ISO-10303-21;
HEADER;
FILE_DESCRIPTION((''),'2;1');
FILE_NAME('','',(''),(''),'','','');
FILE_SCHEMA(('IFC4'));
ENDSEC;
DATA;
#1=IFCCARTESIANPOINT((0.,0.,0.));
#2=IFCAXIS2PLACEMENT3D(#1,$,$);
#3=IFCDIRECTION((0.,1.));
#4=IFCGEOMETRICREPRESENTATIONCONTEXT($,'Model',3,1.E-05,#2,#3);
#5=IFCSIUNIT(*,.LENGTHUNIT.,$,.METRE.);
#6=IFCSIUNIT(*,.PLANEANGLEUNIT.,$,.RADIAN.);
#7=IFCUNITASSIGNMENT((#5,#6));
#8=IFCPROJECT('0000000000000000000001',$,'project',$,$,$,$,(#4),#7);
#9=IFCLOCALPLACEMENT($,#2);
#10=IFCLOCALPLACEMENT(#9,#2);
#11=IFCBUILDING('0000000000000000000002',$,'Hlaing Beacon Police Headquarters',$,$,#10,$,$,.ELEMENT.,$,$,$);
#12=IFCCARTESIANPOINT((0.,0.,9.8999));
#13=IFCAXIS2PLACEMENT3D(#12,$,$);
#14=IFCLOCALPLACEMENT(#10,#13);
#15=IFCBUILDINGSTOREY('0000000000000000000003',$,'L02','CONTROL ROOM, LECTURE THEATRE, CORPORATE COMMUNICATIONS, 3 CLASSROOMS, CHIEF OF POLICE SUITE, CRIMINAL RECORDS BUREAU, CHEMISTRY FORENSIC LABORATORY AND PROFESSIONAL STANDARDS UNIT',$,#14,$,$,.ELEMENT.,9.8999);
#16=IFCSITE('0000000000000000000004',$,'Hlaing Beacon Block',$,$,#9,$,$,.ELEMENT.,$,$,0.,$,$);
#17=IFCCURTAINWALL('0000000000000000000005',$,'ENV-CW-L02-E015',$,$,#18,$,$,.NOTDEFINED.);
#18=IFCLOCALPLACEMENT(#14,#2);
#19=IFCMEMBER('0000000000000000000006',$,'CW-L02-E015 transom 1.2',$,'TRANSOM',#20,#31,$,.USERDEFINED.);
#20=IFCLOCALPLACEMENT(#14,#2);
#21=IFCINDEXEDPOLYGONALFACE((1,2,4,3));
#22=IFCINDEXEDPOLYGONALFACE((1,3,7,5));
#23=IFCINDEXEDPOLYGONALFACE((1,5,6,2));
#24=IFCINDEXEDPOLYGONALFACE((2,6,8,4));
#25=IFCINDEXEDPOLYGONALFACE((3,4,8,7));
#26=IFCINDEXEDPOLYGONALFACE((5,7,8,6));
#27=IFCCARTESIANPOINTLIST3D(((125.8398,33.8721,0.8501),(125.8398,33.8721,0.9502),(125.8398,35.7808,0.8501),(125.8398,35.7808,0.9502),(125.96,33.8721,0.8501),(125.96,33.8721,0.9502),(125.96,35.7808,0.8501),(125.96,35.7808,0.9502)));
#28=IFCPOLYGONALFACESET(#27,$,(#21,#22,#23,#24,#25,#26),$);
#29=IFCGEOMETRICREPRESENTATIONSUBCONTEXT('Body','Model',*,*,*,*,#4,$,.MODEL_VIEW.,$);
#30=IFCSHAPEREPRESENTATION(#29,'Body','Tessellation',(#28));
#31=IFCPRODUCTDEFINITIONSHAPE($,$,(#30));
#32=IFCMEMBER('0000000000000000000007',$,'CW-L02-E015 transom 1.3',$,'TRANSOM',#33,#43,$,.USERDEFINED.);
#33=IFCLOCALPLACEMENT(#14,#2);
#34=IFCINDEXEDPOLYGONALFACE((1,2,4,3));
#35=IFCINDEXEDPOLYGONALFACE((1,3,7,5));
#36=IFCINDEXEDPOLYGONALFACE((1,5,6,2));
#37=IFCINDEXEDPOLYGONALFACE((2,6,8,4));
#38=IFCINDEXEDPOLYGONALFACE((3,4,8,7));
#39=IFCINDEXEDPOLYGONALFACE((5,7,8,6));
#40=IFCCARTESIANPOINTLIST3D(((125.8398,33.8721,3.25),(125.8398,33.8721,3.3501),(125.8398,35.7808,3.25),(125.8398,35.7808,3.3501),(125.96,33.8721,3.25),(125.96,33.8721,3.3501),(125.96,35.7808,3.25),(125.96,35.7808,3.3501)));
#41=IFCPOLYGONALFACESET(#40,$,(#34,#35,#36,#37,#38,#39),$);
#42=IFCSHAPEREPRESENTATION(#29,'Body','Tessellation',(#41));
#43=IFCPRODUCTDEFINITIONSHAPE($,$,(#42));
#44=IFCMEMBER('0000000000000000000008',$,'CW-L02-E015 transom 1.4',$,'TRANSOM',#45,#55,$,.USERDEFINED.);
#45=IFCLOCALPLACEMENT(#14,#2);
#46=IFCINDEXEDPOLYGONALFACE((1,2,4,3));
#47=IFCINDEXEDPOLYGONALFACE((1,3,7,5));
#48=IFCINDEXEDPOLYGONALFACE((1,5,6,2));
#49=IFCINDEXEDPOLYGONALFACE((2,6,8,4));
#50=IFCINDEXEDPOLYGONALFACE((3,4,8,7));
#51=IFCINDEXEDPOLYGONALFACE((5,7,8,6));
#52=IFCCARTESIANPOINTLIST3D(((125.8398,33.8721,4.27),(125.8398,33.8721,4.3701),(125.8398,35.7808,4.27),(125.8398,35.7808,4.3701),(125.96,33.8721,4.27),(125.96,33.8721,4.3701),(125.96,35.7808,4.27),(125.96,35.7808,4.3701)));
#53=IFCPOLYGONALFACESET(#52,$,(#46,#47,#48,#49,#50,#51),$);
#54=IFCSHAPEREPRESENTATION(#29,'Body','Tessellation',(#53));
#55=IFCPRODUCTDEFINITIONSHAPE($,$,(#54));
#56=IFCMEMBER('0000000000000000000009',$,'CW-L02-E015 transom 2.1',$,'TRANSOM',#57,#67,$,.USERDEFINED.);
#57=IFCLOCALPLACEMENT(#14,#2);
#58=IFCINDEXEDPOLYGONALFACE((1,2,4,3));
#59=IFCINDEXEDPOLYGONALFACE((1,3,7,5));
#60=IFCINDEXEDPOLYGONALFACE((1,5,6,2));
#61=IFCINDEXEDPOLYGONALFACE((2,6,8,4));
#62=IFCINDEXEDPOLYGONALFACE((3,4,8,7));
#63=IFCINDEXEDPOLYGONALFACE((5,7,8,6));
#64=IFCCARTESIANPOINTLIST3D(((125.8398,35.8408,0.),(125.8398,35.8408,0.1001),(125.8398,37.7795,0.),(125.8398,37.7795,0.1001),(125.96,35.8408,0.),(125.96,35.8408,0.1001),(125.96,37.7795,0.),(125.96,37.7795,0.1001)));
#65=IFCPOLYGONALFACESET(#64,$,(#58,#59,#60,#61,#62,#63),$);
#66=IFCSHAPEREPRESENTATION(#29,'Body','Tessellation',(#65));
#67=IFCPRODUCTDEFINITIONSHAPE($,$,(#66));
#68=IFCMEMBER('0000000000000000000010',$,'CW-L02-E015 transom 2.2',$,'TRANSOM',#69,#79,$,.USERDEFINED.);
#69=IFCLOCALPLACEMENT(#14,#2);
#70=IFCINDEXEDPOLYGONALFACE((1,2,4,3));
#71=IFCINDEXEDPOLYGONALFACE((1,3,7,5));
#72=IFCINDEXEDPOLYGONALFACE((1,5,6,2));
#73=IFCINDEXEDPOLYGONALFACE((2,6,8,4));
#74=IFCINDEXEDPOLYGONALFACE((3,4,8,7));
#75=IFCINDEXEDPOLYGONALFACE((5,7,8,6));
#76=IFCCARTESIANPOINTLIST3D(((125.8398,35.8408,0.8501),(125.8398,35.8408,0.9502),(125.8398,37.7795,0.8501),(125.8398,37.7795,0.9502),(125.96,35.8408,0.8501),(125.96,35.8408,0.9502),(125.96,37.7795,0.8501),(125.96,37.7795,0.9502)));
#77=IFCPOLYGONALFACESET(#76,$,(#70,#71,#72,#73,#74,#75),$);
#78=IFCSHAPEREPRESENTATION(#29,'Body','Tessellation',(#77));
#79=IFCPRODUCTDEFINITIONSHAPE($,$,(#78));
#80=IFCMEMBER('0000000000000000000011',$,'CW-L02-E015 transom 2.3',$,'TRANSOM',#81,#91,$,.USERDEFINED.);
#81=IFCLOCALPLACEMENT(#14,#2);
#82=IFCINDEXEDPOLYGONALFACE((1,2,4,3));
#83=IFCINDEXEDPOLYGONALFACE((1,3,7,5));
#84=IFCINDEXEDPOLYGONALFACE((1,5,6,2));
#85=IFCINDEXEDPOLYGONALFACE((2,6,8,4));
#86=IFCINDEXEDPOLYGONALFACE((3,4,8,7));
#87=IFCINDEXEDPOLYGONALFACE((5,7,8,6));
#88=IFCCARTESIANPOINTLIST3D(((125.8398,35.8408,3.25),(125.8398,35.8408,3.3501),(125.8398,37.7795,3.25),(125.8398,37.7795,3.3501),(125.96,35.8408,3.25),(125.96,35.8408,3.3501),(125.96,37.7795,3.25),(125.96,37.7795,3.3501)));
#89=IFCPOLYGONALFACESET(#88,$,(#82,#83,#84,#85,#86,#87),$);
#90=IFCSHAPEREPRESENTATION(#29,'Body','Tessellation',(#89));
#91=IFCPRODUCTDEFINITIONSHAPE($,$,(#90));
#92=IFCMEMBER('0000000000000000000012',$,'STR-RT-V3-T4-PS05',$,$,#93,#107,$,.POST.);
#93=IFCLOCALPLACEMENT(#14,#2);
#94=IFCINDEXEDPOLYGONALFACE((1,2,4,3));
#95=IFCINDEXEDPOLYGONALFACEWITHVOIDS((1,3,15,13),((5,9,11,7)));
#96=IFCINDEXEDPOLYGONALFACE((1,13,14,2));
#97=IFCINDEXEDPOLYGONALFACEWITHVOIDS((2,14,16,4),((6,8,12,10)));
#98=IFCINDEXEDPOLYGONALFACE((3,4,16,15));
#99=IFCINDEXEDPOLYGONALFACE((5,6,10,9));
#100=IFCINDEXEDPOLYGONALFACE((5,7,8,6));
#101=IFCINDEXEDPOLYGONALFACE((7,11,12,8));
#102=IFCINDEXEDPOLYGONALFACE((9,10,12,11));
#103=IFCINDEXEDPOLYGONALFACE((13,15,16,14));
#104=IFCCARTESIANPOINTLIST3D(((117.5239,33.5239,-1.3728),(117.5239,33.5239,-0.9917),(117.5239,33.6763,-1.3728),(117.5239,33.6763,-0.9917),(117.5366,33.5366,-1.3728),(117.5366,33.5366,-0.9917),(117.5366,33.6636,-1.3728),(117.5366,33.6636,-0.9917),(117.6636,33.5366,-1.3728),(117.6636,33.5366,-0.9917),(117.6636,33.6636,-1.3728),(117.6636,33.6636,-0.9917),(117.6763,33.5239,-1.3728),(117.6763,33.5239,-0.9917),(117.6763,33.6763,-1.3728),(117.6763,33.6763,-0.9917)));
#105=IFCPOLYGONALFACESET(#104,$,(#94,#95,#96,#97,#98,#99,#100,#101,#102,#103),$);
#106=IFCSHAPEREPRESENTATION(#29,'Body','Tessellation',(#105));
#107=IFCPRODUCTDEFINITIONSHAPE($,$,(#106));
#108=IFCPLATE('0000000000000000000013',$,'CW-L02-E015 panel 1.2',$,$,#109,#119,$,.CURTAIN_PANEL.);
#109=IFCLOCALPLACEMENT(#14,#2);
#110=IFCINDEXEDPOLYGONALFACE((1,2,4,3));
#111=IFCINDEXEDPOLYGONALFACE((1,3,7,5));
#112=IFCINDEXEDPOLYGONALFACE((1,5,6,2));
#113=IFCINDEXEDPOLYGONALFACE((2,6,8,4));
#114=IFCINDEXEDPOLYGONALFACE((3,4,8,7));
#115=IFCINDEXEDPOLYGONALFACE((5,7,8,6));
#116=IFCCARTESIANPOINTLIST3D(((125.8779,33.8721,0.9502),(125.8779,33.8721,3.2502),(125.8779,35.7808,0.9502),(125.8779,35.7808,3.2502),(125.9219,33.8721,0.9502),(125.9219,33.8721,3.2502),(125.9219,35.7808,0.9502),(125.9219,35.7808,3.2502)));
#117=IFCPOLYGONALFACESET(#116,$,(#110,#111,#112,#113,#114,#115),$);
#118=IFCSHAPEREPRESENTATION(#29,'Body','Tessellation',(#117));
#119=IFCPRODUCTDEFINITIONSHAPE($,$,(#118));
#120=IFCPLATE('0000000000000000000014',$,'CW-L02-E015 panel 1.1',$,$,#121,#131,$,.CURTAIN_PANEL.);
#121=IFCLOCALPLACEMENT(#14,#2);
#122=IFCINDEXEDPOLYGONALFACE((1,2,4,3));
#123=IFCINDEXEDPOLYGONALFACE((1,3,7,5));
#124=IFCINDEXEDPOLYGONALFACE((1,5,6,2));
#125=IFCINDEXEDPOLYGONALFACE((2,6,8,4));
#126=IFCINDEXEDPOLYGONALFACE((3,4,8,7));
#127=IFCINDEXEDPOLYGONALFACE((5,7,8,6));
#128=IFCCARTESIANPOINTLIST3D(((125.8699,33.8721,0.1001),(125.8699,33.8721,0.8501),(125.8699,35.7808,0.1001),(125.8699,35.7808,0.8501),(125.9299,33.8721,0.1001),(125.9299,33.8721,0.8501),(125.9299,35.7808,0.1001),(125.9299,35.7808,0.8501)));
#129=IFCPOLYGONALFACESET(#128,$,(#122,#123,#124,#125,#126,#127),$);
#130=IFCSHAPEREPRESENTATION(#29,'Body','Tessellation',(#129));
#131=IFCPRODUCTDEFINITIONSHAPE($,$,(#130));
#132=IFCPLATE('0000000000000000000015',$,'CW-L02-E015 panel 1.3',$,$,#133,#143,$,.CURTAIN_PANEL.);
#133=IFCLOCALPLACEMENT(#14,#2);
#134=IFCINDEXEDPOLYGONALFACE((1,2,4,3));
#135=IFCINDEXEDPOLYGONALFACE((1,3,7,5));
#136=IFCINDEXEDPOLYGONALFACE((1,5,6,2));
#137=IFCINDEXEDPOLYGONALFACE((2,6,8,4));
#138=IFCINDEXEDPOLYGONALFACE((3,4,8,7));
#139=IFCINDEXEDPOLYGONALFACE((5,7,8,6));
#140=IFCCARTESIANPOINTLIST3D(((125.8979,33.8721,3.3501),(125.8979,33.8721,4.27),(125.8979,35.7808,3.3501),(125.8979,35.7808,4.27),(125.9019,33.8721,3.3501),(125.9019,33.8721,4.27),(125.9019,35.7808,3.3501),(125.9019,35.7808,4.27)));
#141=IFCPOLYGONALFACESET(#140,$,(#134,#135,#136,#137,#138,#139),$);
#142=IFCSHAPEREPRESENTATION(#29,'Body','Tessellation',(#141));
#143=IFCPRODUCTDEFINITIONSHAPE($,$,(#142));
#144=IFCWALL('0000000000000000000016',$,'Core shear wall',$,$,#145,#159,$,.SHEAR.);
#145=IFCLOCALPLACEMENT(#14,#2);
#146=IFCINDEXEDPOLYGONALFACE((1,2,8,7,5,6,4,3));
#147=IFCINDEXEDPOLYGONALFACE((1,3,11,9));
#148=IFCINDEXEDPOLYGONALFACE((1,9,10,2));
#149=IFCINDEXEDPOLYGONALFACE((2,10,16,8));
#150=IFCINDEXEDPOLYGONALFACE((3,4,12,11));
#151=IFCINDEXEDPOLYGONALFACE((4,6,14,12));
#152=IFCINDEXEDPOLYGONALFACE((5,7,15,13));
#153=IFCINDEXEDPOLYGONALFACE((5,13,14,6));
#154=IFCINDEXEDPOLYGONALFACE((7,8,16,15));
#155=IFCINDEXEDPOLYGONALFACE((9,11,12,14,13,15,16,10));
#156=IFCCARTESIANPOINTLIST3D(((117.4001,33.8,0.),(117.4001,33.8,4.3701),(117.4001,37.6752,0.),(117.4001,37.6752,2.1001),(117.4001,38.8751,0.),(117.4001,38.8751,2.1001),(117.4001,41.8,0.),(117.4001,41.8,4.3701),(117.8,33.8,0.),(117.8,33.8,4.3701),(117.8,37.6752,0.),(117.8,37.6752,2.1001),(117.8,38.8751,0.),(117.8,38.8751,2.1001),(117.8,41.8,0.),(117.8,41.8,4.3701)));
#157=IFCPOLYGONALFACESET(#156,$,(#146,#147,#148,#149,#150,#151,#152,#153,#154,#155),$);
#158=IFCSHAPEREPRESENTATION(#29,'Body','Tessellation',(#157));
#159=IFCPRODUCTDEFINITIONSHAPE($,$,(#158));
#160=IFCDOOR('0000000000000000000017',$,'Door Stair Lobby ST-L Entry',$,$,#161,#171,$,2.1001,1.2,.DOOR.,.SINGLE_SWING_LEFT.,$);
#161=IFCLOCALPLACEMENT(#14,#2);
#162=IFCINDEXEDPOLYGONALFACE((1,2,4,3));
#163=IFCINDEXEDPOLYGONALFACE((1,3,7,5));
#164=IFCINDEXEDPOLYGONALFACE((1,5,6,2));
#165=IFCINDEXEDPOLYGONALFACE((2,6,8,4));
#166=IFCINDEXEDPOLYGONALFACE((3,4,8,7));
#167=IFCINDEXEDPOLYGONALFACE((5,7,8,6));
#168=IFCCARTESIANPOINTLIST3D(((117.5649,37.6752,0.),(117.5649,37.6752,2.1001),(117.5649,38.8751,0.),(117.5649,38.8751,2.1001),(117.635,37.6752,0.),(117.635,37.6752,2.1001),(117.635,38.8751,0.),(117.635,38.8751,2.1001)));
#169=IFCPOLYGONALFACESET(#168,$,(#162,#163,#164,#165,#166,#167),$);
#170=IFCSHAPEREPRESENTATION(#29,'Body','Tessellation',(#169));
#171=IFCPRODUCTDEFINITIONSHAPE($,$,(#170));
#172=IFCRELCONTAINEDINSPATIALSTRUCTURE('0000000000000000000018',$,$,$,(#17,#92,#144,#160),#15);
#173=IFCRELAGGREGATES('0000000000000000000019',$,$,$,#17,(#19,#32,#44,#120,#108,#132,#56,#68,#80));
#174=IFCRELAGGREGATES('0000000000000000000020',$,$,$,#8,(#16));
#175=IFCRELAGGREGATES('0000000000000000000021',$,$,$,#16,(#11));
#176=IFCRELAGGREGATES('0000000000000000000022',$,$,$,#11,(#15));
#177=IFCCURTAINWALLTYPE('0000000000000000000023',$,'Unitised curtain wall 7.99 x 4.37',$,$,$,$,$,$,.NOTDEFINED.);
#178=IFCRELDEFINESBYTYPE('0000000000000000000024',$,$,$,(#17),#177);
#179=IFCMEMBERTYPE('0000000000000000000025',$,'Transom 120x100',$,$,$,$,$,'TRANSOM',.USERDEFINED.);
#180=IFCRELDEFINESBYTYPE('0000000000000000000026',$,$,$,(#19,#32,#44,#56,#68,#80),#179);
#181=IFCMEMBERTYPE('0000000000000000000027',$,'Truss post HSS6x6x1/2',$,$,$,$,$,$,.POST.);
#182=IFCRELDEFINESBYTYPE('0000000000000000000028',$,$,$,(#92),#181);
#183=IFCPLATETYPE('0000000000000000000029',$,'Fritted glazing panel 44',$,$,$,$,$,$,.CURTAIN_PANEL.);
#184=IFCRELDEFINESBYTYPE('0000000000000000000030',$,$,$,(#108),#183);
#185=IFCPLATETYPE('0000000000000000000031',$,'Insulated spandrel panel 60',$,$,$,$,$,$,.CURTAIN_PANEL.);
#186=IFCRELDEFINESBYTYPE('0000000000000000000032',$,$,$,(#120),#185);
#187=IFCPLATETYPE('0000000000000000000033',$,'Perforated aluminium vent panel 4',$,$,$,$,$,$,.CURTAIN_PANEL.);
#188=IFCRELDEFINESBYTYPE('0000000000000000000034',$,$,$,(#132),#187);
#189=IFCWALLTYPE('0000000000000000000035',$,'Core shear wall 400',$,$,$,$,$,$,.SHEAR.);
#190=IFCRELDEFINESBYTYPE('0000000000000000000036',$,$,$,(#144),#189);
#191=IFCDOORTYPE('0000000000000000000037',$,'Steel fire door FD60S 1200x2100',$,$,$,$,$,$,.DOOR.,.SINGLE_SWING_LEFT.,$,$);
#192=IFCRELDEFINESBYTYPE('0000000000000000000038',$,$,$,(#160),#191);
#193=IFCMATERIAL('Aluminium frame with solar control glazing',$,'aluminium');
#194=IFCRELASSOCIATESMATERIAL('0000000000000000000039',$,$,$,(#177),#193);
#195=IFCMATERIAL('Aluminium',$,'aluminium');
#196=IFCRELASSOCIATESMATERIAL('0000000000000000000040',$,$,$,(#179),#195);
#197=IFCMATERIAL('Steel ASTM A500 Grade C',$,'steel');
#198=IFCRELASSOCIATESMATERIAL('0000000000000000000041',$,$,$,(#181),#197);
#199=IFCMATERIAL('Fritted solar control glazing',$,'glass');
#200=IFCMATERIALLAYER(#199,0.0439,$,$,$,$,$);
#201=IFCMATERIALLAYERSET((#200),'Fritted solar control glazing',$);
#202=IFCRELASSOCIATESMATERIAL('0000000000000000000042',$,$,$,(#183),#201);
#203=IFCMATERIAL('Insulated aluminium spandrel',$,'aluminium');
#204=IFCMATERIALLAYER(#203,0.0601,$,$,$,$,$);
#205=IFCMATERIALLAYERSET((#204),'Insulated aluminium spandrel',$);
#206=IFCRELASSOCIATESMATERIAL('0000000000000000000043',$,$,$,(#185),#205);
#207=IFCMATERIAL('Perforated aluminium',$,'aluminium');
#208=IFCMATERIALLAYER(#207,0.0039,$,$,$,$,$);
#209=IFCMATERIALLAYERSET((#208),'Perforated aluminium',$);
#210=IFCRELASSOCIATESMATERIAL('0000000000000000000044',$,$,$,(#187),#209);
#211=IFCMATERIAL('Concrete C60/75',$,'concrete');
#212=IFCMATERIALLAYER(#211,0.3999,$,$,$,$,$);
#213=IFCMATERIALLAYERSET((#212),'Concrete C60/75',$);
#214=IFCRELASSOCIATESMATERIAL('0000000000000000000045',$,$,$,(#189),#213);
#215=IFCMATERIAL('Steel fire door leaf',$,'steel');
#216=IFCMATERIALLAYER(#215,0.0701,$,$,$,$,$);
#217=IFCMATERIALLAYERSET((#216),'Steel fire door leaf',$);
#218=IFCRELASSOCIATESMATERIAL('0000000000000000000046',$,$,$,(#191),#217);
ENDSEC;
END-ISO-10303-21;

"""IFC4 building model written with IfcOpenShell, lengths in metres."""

from ifc_helpers import new_model, si_unit, direction, frame, frame_2d, origin, origin_2d, place, context, subcontext, project, spatial, rectangle, hollow_rectangle, extrude, material, layer, layer_set, material_profile, profile_set, type_object, element, fill, aggregate, save


model = new_model("IFC4")

# Units and contexts
model_context = context("Model", 3, precision=1e-05, world=origin(), true_north=direction((0.0, 1.0)))
body_context = subcontext(model_context, "Body", "Model", "MODEL_VIEW")
ifc_project = project(units=[si_unit("LENGTHUNIT", "METRE"), si_unit("PLANEANGLEUNIT", "RADIAN")], contexts=[model_context])

# Site, building, storey
site_placement = place(None, origin())
site = spatial("IfcSite", under=ifc_project, at=site_placement, Name="Hlaing Beacon Block", CompositionType="ELEMENT", RefElevation=0.0)
building_placement = place(site_placement, origin())
building = spatial("IfcBuilding", under=site, at=building_placement, Name="Hlaing Beacon Police Headquarters", CompositionType="ELEMENT")
storey_placement = place(building_placement, frame((0.0, 0.0, 9.8999)))
storey = spatial("IfcBuildingStorey", under=building, at=storey_placement, Name="L02", Description="CONTROL ROOM, LECTURE THEATRE, CORPORATE COMMUNICATIONS, 3 CLASSROOMS, CHIEF OF POLICE SUITE, CRIMINAL RECORDS BUREAU, CHEMISTRY FORENSIC LABORATORY AND PROFESSIONAL STANDARDS UNIT", CompositionType="ELEMENT", Elevation=9.8999)

# Curtain wall
ifc_material_1 = material(Name="Aluminium frame with solar control glazing", Category="aluminium")
curtain_wall_type = type_object("IfcCurtainWallType", Name="Unitised curtain wall 7.99 x 4.37", PredefinedType="NOTDEFINED", material=ifc_material_1)
curtain_wall_placement = place(storey_placement, origin())
curtain_wall = element("IfcCurtainWall", 1, at=curtain_wall_placement, inside=storey, type_object=curtain_wall_type, Name="ENV-CW-L02-E015", PredefinedType="NOTDEFINED")

# Members
ifc_material_2 = material(Name="Aluminium", Category="aluminium")
ifc_material_profile_1 = material_profile(ifc_material_2, rectangle(XDim=0.1201, YDim=0.1001, at=origin_2d()), Name="Transom 120x100")
ifc_profile_set_1 = profile_set([ifc_material_profile_1], Name="Aluminium")
member_type_1 = type_object("IfcMemberType", Name="Transom 120x100", ElementType="TRANSOM", PredefinedType="USERDEFINED", material=ifc_profile_set_1)
member_1_placement = place(storey_placement, frame((125.8999, 33.8721, 0.9001), z_axis=(0.0, 1.0, 0.0), x_axis=(-1.0, 0.0, 0.0)))
member_1 = element("IfcMember", 2, at=member_1_placement, type_object=member_type_1, Name="CW-L02-E015 transom 1.2", ObjectType="TRANSOM", PredefinedType="USERDEFINED", context=body_context, shape_type="SweptSolid", body=[
    extrude(rectangle(XDim=0.1201, YDim=0.1001, at=origin_2d()), origin(), (0.0, 0.0, 1.0), 1.9087),
])
member_2_placement = place(storey_placement, frame((125.8999, 33.8721, 3.3), z_axis=(0.0, 1.0, 0.0), x_axis=(-1.0, 0.0, 0.0)))
member_2 = element("IfcMember", 3, at=member_2_placement, type_object=member_type_1, Name="CW-L02-E015 transom 1.3", ObjectType="TRANSOM", PredefinedType="USERDEFINED", context=body_context, shape_type="SweptSolid", body=[
    extrude(rectangle(XDim=0.1201, YDim=0.1001, at=origin_2d()), origin(), (0.0, 0.0, 1.0), 1.9087),
])
member_3_placement = place(storey_placement, frame((125.8999, 33.8721, 4.3201), z_axis=(0.0, 1.0, 0.0), x_axis=(-1.0, 0.0, 0.0)))
member_3 = element("IfcMember", 4, at=member_3_placement, type_object=member_type_1, Name="CW-L02-E015 transom 1.4", ObjectType="TRANSOM", PredefinedType="USERDEFINED", context=body_context, shape_type="SweptSolid", body=[
    extrude(rectangle(XDim=0.1201, YDim=0.1001, at=origin_2d()), origin(), (0.0, 0.0, 1.0), 1.9087),
])
member_4_placement = place(storey_placement, frame((125.8999, 35.8408, 0.05), z_axis=(0.0, 1.0, 0.0), x_axis=(-1.0, 0.0, 0.0)))
member_4 = element("IfcMember", 5, at=member_4_placement, type_object=member_type_1, Name="CW-L02-E015 transom 2.1", ObjectType="TRANSOM", PredefinedType="USERDEFINED", context=body_context, shape_type="SweptSolid", body=[
    extrude(rectangle(XDim=0.1201, YDim=0.1001, at=origin_2d()), origin(), (0.0, 0.0, 1.0), 1.9387),
])
member_5_placement = place(storey_placement, frame((125.8999, 35.8408, 0.9001), z_axis=(0.0, 1.0, 0.0), x_axis=(-1.0, 0.0, 0.0)))
member_5 = element("IfcMember", 6, at=member_5_placement, type_object=member_type_1, Name="CW-L02-E015 transom 2.2", ObjectType="TRANSOM", PredefinedType="USERDEFINED", context=body_context, shape_type="SweptSolid", body=[
    extrude(rectangle(XDim=0.1201, YDim=0.1001, at=origin_2d()), origin(), (0.0, 0.0, 1.0), 1.9387),
])
member_6_placement = place(storey_placement, frame((125.8999, 35.8408, 3.3), z_axis=(0.0, 1.0, 0.0), x_axis=(-1.0, 0.0, 0.0)))
member_6 = element("IfcMember", 7, at=member_6_placement, type_object=member_type_1, Name="CW-L02-E015 transom 2.3", ObjectType="TRANSOM", PredefinedType="USERDEFINED", context=body_context, shape_type="SweptSolid", body=[
    extrude(rectangle(XDim=0.1201, YDim=0.1001, at=origin_2d()), origin(), (0.0, 0.0, 1.0), 1.9387),
])
ifc_material_3 = material(Name="Steel ASTM A500 Grade C", Category="steel")
ifc_material_profile_2 = material_profile(ifc_material_3, hollow_rectangle(XDim=0.1523, YDim=0.1523, WallThickness=0.0127, at=origin_2d()), Name="HSS6x6x1/2")
ifc_profile_set_2 = profile_set([ifc_material_profile_2], Name="Steel ASTM A500 Grade C")
member_type_2 = type_object("IfcMemberType", Name="Truss post HSS6x6x1/2", PredefinedType="POST", material=ifc_profile_set_2)
member_7_placement = place(storey_placement, frame((117.6001, 33.6001, -1.3728), z_axis=(0.0, 0.0, 1.0), x_axis=(1.0, 0.0, 0.0)))
element("IfcMember", 8, at=member_7_placement, inside=storey, type_object=member_type_2, Name="STR-RT-V3-T4-PS05", PredefinedType="POST", context=body_context, shape_type="SweptSolid", body=[
    extrude(hollow_rectangle(XDim=0.1523, YDim=0.1523, WallThickness=0.0127, at=origin_2d()), origin(), (0.0, 0.0, 1.0), 0.3811),
])

# Plates
ifc_material_4 = material(Name="Fritted solar control glazing", Category="glass")
ifc_layer_1 = layer(ifc_material_4, 0.0439)
ifc_layer_set_1 = layer_set([ifc_layer_1], Name="Fritted solar control glazing")
plate_type_1 = type_object("IfcPlateType", Name="Fritted glazing panel 44", PredefinedType="CURTAIN_PANEL", material=ifc_layer_set_1)
plate_1_placement = place(storey_placement, frame((125.8999, 34.8264, 0.9502), z_axis=(0.0, 0.0, 1.0), x_axis=(0.0, 1.0, 0.0)))
plate_1 = element("IfcPlate", 9, at=plate_1_placement, type_object=plate_type_1, Name="CW-L02-E015 panel 1.2", PredefinedType="CURTAIN_PANEL", context=body_context, shape_type="SweptSolid", body=[
    extrude(rectangle(XDim=1.9087, YDim=0.0439, at=origin_2d()), origin(), (0.0, 0.0, 1.0), 2.3),
])
ifc_material_5 = material(Name="Insulated aluminium spandrel", Category="aluminium")
ifc_layer_2 = layer(ifc_material_5, 0.0601)
ifc_layer_set_2 = layer_set([ifc_layer_2], Name="Insulated aluminium spandrel")
plate_type_2 = type_object("IfcPlateType", Name="Insulated spandrel panel 60", PredefinedType="CURTAIN_PANEL", material=ifc_layer_set_2)
plate_2_placement = place(storey_placement, frame((125.8999, 34.8264, 0.1001), z_axis=(0.0, 0.0, 1.0), x_axis=(0.0, 1.0, 0.0)))
plate_2 = element("IfcPlate", 10, at=plate_2_placement, type_object=plate_type_2, Name="CW-L02-E015 panel 1.1", PredefinedType="CURTAIN_PANEL", context=body_context, shape_type="SweptSolid", body=[
    extrude(rectangle(XDim=1.9087, YDim=0.0601, at=origin_2d()), origin(), (0.0, 0.0, 1.0), 0.75),
])
ifc_material_6 = material(Name="Perforated aluminium", Category="aluminium")
ifc_layer_3 = layer(ifc_material_6, 0.0039)
ifc_layer_set_3 = layer_set([ifc_layer_3], Name="Perforated aluminium")
plate_type_3 = type_object("IfcPlateType", Name="Perforated aluminium vent panel 4", PredefinedType="CURTAIN_PANEL", material=ifc_layer_set_3)
plate_3_placement = place(storey_placement, frame((125.8999, 34.8264, 3.3501), z_axis=(0.0, 0.0, 1.0), x_axis=(0.0, 1.0, 0.0)))
plate_3 = element("IfcPlate", 11, at=plate_3_placement, type_object=plate_type_3, Name="CW-L02-E015 panel 1.3", PredefinedType="CURTAIN_PANEL", context=body_context, shape_type="SweptSolid", body=[
    extrude(rectangle(XDim=1.9087, YDim=0.0039, at=origin_2d()), origin(), (0.0, 0.0, 1.0), 0.9199),
])
aggregate(curtain_wall, [member_1, member_2, member_3, plate_2, plate_1, plate_3, member_4, member_5, member_6])

# Wall, opening, door
ifc_material_7 = material(Name="Concrete C60/75", Category="concrete")
ifc_layer_4 = layer(ifc_material_7, 0.3999)
ifc_layer_set_4 = layer_set([ifc_layer_4], Name="Concrete C60/75")
wall_type_1 = type_object("IfcWallType", Name="Core shear wall 400", PredefinedType="SHEAR", material=ifc_layer_set_4)
wall_1_placement = place(storey_placement, frame((117.6001, 33.8, 0.0), z_axis=(0.0, 0.0, 1.0), x_axis=(0.0, 1.0, 0.0)))
wall_1 = element("IfcWall", 12, at=wall_1_placement, inside=storey, type_object=wall_type_1, Name="Core shear wall", PredefinedType="SHEAR", context=body_context, shape_type="SweptSolid", body=[
    extrude(rectangle(XDim=8.0, YDim=0.3999, at=frame_2d((4.0, 0.0))), origin(), (0.0, 0.0, 1.0), 4.3701),
])
opening_1_placement = place(wall_1_placement, frame((3.875, 0.0, 0.0)))
opening_1 = element("IfcOpeningElement", 13, at=opening_1_placement, cuts=wall_1, PredefinedType="OPENING", context=body_context, shape_type="SweptSolid", body=[
    extrude(rectangle(XDim=1.2, YDim=2.1001, at=frame_2d((0.6001, 1.05))), frame((0.0, 0.21, 0.0), z_axis=(0.0, -1.0, 0.0), x_axis=(1.0, 0.0, 0.0)), (0.0, 0.0, 1.0), 0.4199),
])
ifc_material_8 = material(Name="Steel fire door leaf", Category="steel")
ifc_layer_5 = layer(ifc_material_8, 0.0701)
ifc_layer_set_5 = layer_set([ifc_layer_5], Name="Steel fire door leaf")
door_type = type_object("IfcDoorType", Name="Steel fire door FD60S 1200x2100", OperationType="SINGLE_SWING_LEFT", PredefinedType="DOOR", material=ifc_layer_set_5)
door_placement = place(opening_1_placement, origin())
door = element("IfcDoor", 14, at=door_placement, inside=storey, type_object=door_type, Name="Door Stair Lobby ST-L Entry", OperationType="SINGLE_SWING_LEFT", OverallHeight=2.1001, OverallWidth=1.2, PredefinedType="DOOR", context=body_context, shape_type="SweptSolid", body=[
    extrude(rectangle(XDim=1.2, YDim=2.1001, at=frame_2d((0.6001, 1.05))), frame((0.0, 0.0352, 0.0), z_axis=(0.0, -1.0, 0.0), x_axis=(1.0, 0.0, 0.0)), (0.0, 0.0, 1.0), 0.0701),
])
fill(opening_1, door)

save(model, "model.ifc")
